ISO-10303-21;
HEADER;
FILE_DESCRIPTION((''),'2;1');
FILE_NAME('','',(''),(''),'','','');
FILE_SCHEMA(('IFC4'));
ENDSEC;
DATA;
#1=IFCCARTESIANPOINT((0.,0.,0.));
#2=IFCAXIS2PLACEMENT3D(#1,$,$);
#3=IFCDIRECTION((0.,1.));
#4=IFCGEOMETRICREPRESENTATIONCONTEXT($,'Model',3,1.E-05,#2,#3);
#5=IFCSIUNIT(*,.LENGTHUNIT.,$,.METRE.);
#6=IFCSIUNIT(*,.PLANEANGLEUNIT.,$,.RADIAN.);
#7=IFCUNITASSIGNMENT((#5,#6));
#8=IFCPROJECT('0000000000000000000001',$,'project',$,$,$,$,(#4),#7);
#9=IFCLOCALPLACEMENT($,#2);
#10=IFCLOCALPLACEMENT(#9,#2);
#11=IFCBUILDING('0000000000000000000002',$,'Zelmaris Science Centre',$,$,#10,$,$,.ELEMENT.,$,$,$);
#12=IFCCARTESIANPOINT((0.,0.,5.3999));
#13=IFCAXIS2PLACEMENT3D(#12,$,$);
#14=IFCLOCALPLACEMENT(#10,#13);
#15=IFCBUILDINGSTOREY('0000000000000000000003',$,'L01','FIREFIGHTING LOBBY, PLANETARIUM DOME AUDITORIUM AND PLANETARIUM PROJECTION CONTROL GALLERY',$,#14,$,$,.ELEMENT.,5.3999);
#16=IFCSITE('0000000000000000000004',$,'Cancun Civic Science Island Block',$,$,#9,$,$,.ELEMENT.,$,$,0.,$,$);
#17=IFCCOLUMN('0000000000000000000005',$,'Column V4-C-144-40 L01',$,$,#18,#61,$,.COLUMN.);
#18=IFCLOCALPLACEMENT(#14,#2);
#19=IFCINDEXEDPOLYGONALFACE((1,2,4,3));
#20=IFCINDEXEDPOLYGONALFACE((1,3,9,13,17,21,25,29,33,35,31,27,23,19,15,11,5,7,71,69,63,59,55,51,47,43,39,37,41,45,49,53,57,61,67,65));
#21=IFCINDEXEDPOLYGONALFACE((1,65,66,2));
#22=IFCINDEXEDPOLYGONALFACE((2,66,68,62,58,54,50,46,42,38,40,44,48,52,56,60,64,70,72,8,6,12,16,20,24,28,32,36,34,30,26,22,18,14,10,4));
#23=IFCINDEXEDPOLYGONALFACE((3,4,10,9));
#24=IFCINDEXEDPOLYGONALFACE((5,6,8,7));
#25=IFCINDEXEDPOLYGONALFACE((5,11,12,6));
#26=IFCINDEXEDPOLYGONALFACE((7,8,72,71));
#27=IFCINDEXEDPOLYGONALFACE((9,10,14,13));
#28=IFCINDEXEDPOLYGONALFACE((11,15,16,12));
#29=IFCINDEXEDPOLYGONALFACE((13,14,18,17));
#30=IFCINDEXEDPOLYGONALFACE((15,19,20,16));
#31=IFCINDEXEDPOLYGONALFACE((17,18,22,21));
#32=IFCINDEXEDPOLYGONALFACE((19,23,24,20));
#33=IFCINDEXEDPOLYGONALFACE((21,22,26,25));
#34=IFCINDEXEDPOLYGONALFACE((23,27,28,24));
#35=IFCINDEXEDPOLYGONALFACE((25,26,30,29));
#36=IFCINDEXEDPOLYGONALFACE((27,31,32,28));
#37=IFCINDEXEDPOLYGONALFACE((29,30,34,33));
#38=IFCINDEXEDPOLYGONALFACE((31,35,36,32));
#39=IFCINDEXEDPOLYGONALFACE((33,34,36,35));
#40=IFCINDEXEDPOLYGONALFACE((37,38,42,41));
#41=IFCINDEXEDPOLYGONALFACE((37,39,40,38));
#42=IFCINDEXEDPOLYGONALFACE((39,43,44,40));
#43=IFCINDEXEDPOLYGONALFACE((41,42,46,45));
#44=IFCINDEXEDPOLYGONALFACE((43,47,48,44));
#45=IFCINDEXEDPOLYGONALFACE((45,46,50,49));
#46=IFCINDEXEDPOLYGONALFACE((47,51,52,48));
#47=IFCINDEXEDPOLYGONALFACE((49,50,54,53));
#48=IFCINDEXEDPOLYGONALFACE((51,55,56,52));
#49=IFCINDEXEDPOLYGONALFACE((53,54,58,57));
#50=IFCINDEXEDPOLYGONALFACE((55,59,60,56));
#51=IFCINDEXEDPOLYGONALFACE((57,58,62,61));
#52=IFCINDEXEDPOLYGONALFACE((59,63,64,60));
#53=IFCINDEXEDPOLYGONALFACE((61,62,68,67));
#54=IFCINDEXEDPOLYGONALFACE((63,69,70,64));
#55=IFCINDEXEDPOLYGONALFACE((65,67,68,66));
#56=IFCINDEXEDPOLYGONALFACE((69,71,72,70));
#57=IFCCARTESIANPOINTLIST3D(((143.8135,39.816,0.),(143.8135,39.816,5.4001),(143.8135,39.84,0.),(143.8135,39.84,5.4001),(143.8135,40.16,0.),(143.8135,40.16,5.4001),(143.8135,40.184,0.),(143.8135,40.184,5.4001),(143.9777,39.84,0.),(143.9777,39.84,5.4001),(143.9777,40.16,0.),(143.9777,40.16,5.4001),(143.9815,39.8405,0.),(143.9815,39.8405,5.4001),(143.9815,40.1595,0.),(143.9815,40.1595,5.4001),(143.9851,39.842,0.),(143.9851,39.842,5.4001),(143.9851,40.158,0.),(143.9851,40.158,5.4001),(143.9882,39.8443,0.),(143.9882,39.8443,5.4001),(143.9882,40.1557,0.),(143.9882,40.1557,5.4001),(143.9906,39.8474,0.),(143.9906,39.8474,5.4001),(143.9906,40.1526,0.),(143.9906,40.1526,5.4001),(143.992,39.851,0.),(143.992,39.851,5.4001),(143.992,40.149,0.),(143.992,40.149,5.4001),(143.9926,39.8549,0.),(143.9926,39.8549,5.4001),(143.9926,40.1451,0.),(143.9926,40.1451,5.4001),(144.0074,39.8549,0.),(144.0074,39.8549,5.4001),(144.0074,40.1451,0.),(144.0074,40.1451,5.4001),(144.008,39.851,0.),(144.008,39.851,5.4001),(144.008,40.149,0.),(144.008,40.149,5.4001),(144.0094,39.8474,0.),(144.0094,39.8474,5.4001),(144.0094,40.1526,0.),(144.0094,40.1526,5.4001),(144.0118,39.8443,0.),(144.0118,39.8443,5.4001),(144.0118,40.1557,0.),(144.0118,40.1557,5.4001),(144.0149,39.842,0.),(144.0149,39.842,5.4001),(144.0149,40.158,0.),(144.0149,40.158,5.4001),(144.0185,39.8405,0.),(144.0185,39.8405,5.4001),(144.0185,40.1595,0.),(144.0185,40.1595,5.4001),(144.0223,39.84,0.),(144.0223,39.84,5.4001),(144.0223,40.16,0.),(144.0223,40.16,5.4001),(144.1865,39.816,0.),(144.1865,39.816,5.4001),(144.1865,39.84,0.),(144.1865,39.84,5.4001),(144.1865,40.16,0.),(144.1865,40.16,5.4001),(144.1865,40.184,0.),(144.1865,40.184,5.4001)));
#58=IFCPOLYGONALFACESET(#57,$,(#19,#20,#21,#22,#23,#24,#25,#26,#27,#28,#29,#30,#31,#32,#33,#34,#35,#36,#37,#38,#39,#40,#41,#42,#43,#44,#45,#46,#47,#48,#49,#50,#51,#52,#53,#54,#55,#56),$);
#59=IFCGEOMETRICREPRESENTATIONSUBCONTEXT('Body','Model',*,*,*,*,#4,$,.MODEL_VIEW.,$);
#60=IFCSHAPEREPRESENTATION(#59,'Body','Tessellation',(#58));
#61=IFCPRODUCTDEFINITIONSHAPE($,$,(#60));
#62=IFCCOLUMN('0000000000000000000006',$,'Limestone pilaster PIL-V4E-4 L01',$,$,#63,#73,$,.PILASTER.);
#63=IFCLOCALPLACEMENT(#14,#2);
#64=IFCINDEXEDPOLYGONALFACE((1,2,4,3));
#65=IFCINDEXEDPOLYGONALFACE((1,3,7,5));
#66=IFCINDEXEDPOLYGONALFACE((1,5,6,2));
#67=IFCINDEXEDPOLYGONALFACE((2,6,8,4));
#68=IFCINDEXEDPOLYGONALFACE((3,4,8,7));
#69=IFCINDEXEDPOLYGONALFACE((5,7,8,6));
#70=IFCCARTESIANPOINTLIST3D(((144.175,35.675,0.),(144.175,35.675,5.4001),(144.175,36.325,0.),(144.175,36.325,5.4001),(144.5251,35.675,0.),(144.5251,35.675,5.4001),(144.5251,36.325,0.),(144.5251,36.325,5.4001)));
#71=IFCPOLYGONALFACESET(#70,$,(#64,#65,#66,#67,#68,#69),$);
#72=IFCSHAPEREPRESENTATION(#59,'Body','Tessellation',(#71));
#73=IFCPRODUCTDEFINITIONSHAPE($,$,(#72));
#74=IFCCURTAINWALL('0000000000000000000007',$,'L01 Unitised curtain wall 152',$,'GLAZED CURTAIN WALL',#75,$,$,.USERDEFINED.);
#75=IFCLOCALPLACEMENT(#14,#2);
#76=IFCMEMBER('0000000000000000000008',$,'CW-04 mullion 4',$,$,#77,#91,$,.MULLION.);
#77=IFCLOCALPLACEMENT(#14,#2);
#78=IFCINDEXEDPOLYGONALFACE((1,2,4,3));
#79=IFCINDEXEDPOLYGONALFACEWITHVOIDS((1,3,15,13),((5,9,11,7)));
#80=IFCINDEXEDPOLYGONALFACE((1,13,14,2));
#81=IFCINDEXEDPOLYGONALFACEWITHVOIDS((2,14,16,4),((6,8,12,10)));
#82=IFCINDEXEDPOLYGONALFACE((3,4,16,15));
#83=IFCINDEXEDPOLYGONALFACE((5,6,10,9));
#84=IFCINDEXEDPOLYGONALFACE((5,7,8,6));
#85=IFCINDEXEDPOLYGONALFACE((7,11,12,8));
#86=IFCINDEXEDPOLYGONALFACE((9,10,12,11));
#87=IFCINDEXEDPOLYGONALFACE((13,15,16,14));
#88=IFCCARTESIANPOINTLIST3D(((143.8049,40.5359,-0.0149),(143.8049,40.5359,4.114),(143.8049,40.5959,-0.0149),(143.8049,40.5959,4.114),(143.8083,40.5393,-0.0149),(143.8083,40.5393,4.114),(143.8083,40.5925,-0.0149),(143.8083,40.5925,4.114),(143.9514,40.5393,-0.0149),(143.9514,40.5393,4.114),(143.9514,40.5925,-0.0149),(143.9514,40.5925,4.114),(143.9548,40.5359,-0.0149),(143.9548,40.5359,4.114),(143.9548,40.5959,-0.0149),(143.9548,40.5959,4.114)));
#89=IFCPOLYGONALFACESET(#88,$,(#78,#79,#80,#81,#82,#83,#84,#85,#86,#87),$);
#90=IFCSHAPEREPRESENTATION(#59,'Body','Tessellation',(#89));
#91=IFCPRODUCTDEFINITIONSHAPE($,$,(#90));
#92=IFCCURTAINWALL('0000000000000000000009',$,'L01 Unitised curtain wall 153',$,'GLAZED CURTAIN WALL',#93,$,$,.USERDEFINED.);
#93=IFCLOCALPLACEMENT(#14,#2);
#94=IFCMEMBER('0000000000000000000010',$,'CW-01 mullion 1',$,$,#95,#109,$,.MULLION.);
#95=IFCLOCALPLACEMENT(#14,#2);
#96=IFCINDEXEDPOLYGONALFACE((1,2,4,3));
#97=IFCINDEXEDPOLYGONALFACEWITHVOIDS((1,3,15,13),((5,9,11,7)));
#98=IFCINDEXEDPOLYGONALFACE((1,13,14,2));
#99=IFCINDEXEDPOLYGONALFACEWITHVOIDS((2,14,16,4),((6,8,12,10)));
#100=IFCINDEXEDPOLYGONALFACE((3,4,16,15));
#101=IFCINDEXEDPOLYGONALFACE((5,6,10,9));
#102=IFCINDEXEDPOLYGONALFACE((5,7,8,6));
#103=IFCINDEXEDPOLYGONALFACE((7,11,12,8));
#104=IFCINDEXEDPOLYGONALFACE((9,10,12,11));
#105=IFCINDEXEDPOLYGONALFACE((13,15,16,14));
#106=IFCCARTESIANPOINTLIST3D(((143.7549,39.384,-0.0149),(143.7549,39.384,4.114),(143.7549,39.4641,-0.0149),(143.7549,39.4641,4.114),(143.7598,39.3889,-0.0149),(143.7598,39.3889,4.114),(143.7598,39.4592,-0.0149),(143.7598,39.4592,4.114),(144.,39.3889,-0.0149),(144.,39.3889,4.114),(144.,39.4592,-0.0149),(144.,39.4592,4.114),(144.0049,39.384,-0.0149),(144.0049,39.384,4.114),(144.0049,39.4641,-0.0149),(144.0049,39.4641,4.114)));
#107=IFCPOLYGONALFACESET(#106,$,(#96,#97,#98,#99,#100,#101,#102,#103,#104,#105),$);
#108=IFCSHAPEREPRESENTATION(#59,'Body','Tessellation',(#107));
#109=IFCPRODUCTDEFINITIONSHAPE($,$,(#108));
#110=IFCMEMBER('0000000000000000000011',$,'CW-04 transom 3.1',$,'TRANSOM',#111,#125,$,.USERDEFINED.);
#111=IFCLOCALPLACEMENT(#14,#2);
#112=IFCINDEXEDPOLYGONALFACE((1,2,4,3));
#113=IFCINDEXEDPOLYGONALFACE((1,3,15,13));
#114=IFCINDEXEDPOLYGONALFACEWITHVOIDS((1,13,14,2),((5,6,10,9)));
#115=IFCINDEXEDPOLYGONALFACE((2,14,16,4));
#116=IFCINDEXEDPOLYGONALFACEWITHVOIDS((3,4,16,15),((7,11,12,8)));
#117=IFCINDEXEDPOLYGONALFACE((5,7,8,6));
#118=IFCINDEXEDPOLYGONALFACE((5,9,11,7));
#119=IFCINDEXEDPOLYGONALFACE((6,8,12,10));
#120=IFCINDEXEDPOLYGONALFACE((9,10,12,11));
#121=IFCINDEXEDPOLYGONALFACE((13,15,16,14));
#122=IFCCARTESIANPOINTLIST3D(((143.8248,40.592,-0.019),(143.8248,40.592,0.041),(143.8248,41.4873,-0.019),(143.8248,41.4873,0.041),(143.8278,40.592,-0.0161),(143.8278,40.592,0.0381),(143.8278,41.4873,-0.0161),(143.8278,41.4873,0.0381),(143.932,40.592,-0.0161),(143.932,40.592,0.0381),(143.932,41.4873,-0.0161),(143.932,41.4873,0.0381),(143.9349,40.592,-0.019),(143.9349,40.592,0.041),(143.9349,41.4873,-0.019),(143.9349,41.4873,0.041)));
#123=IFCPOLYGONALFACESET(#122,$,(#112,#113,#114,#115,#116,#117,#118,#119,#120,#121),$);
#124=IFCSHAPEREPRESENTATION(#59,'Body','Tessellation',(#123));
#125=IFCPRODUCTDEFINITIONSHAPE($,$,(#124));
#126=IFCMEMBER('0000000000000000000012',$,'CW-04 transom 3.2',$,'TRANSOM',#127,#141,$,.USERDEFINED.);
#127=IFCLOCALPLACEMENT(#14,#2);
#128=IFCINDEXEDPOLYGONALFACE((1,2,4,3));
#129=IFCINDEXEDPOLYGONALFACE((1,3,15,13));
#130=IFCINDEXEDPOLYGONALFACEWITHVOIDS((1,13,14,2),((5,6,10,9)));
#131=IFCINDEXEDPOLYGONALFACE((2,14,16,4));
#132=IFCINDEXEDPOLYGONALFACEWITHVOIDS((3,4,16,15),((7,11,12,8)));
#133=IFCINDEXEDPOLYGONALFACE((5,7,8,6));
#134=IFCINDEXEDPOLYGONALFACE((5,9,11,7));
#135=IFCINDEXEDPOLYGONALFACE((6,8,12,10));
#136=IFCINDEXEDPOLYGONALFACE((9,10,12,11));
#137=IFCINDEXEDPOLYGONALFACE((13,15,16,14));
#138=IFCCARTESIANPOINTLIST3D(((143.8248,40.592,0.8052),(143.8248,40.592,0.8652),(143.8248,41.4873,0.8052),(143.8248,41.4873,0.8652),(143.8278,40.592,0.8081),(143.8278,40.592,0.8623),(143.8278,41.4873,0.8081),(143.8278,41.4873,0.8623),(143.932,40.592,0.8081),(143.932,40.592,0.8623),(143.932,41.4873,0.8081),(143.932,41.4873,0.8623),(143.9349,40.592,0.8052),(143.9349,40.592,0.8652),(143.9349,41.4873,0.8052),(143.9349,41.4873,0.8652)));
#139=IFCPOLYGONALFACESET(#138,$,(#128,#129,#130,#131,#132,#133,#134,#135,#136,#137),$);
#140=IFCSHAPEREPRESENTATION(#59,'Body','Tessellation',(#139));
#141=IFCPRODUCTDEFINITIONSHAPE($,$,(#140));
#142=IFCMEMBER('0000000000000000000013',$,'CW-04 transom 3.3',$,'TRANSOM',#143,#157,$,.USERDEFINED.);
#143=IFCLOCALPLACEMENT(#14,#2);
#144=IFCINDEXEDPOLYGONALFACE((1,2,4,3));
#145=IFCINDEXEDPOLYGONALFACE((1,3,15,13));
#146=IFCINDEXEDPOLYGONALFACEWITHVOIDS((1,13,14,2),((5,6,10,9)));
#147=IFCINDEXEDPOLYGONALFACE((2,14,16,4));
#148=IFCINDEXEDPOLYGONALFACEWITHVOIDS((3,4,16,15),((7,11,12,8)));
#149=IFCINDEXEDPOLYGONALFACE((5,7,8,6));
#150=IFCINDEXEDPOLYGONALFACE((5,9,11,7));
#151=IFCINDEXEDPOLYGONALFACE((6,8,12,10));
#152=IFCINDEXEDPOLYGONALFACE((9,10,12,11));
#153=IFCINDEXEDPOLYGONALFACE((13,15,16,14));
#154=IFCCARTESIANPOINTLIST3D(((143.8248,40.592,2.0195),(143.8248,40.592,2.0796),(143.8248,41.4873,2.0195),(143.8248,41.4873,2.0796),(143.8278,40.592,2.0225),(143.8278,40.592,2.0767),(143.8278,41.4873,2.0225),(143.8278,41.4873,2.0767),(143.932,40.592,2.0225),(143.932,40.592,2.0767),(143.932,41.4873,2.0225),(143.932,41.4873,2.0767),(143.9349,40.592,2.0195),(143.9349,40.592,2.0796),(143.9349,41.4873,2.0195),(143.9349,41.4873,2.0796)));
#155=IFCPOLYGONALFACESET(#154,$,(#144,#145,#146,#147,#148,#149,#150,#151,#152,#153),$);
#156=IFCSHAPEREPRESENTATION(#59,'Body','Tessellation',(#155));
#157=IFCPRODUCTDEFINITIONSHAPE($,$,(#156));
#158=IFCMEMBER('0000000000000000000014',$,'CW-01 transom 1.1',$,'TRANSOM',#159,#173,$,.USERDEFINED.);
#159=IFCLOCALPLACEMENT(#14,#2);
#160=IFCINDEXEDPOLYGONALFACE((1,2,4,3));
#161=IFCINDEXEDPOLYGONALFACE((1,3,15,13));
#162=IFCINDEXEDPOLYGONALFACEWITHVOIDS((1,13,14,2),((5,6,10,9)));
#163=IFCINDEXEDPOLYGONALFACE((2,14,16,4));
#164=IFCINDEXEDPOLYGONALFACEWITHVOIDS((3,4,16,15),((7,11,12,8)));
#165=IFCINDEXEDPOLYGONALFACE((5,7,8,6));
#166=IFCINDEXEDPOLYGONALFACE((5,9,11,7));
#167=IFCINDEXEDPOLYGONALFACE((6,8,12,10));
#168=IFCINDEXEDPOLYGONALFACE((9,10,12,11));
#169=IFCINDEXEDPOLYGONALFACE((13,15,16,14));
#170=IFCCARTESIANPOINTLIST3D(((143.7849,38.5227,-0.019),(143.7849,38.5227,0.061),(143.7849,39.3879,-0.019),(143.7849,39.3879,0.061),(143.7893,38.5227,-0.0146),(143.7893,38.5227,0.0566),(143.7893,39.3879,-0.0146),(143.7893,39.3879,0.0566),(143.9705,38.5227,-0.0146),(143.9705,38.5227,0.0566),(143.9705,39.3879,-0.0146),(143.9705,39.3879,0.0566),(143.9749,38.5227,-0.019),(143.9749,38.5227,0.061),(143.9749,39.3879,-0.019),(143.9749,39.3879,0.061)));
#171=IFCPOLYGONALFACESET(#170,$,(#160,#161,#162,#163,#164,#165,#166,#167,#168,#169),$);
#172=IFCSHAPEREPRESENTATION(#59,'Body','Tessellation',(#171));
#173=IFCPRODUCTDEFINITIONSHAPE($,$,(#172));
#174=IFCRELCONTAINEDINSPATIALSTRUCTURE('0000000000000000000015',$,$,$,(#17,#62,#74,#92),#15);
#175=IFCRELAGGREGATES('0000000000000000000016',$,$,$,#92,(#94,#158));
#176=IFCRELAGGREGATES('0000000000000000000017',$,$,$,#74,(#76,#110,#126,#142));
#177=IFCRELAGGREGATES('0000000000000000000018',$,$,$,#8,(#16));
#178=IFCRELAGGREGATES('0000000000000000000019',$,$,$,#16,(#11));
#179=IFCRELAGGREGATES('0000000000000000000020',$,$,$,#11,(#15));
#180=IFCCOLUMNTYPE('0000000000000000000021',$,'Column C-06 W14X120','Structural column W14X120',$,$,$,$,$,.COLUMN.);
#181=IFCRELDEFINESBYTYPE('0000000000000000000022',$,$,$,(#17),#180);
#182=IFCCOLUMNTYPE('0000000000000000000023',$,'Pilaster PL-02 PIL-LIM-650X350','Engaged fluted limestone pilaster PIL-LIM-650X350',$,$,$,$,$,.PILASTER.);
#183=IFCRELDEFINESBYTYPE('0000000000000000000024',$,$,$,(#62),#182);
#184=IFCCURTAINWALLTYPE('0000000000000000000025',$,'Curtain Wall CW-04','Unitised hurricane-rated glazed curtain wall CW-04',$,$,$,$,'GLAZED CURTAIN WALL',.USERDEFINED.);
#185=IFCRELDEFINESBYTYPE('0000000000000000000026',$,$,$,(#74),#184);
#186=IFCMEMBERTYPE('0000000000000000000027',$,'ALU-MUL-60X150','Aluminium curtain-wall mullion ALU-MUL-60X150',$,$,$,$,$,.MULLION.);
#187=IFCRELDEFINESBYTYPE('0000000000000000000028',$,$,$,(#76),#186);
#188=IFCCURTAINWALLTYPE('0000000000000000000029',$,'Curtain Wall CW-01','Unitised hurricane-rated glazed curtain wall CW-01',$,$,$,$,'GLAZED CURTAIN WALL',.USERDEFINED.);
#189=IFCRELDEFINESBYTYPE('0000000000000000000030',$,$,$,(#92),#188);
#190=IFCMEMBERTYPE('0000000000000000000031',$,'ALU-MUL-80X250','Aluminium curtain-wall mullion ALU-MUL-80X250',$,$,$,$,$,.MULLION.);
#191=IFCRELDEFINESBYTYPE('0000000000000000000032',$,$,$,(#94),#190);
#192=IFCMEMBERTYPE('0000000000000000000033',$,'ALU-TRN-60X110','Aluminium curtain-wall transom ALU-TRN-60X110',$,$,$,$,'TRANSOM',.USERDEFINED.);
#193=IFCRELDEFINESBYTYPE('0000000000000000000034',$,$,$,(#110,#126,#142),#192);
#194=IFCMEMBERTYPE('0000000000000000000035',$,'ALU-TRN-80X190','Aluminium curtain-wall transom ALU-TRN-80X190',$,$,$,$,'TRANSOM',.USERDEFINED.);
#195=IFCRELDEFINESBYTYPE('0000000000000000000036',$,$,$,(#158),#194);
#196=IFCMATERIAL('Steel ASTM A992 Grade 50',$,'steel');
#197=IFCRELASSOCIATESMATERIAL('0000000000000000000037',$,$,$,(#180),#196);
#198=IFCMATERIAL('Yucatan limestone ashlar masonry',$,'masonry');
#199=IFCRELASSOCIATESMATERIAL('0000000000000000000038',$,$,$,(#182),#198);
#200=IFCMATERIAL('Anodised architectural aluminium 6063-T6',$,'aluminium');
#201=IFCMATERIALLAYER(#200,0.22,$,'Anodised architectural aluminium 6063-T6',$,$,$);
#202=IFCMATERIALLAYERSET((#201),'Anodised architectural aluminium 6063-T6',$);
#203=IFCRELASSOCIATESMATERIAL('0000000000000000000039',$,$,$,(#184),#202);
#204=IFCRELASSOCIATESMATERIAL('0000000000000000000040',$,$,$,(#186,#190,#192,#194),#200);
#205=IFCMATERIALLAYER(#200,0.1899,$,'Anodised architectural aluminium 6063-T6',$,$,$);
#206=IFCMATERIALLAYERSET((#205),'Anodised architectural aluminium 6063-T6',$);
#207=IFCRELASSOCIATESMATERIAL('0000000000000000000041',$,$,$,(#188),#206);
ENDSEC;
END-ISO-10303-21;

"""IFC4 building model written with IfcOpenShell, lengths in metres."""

from ifc_helpers import new_model, si_unit, direction, frame, origin, origin_2d, place, context, subcontext, project, spatial, rectangle, hollow_rectangle, i_section, extrude, material, layer, layer_set, material_profile, profile_set, type_object, element, aggregate, save


model = new_model("IFC4")

# Units and contexts
model_context = context("Model", 3, precision=1e-05, world=origin(), true_north=direction((0.0, 1.0)))
body_context = subcontext(model_context, "Body", "Model", "MODEL_VIEW")
ifc_project = project(units=[si_unit("LENGTHUNIT", "METRE"), si_unit("PLANEANGLEUNIT", "RADIAN")], contexts=[model_context])

# Site, building, storey
site_placement = place(None, origin())
site = spatial("IfcSite", under=ifc_project, at=site_placement, Name="Cancun Civic Science Island Block", CompositionType="ELEMENT", RefElevation=0.0)
building_placement = place(site_placement, origin())
building = spatial("IfcBuilding", under=site, at=building_placement, Name="Zelmaris Science Centre", CompositionType="ELEMENT")
storey_placement = place(building_placement, frame((0.0, 0.0, 5.3999)))
storey = spatial("IfcBuildingStorey", under=building, at=storey_placement, Name="L01", Description="FIREFIGHTING LOBBY, PLANETARIUM DOME AUDITORIUM AND PLANETARIUM PROJECTION CONTROL GALLERY", CompositionType="ELEMENT", Elevation=5.3999)

# Columns
ifc_material_1 = material(Name="Steel ASTM A992 Grade 50", Category="steel")
ifc_material_profile_1 = material_profile(ifc_material_1, i_section(OverallWidth=0.373, OverallDepth=0.3679, WebThickness=0.0149, FlangeThickness=0.0239, FilletRadius=0.0149, at=origin_2d()), Name="W14X120")
ifc_profile_set_1 = profile_set([ifc_material_profile_1], Name="Steel ASTM A992 Grade 50")
column_type_1 = type_object("IfcColumnType", Name="Column C-06 W14X120", Description="Structural column W14X120", PredefinedType="COLUMN", material=ifc_profile_set_1)
column_1_placement = place(storey_placement, frame((144.0, 40.0, 0.0), z_axis=(0.0, 0.0, 1.0), x_axis=(1.0, 0.0, 0.0)))
element("IfcColumn", 1, at=column_1_placement, inside=storey, type_object=column_type_1, Name="Column V4-C-144-40 L01", PredefinedType="COLUMN", context=body_context, shape_type="SweptSolid", body=[
    extrude(i_section(OverallWidth=0.373, OverallDepth=0.3679, WebThickness=0.0149, FlangeThickness=0.0239, FilletRadius=0.0149, at=origin_2d()), origin(), (0.0, 0.0, 1.0), 5.4001),
])
ifc_material_2 = material(Name="Yucatan limestone ashlar masonry", Category="masonry")
ifc_material_profile_2 = material_profile(ifc_material_2, rectangle(XDim=0.6499, YDim=0.3501, at=origin_2d()), Name="PIL-LIM-650X350")
ifc_profile_set_2 = profile_set([ifc_material_profile_2], Name="Yucatan limestone ashlar masonry")
column_type_2 = type_object("IfcColumnType", Name="Pilaster PL-02 PIL-LIM-650X350", Description="Engaged fluted limestone pilaster PIL-LIM-650X350", PredefinedType="PILASTER", material=ifc_profile_set_2)
column_2_placement = place(storey_placement, frame((144.3501, 36.0, 0.0), z_axis=(0.0, 0.0, 1.0), x_axis=(0.0, 1.0, 0.0)))
element("IfcColumn", 2, at=column_2_placement, inside=storey, type_object=column_type_2, Name="Limestone pilaster PIL-V4E-4 L01", PredefinedType="PILASTER", context=body_context, shape_type="SweptSolid", body=[
    extrude(rectangle(XDim=0.6499, YDim=0.3501, at=origin_2d()), origin(), (0.0, 0.0, 1.0), 5.4001),
])

# Curtain walls, members
ifc_material_3 = material(Name="Anodised architectural aluminium 6063-T6", Category="aluminium")
ifc_layer_1 = layer(ifc_material_3, 0.22, Name="Anodised architectural aluminium 6063-T6")
ifc_layer_set_1 = layer_set([ifc_layer_1], Name="Anodised architectural aluminium 6063-T6")
curtain_wall_type_1 = type_object("IfcCurtainWallType", Name="Curtain Wall CW-04", Description="Unitised hurricane-rated glazed curtain wall CW-04", ElementType="GLAZED CURTAIN WALL", PredefinedType="USERDEFINED", material=ifc_layer_set_1)
curtain_wall_1_placement = place(storey_placement, origin())
curtain_wall_1 = element("IfcCurtainWall", 3, at=curtain_wall_1_placement, inside=storey, type_object=curtain_wall_type_1, Name="L01 Unitised curtain wall 152", ObjectType="GLAZED CURTAIN WALL", PredefinedType="USERDEFINED")
ifc_material_profile_3 = material_profile(ifc_material_3, hollow_rectangle(XDim=0.0601, YDim=0.1499, WallThickness=0.0034, at=origin_2d()), Name="ALU-MUL-60X150")
ifc_profile_set_3 = profile_set([ifc_material_profile_3], Name="Anodised architectural aluminium 6063-T6")
member_type_1 = type_object("IfcMemberType", Name="ALU-MUL-60X150", Description="Aluminium curtain-wall mullion ALU-MUL-60X150", PredefinedType="MULLION", material=ifc_profile_set_3)
member_1_placement = place(storey_placement, frame((143.8799, 40.5659, -0.0149), z_axis=(0.0, 0.0, 1.0), x_axis=(0.0, -1.0, 0.0)))
member_1 = element("IfcMember", 4, at=member_1_placement, type_object=member_type_1, Name="CW-04 mullion 4", PredefinedType="MULLION", context=body_context, shape_type="SweptSolid", body=[
    extrude(hollow_rectangle(XDim=0.0601, YDim=0.1499, WallThickness=0.0034, at=origin_2d()), origin(), (0.0, 0.0, 1.0), 4.1289),
])
ifc_layer_2 = layer(ifc_material_3, 0.1899, Name="Anodised architectural aluminium 6063-T6")
ifc_layer_set_2 = layer_set([ifc_layer_2], Name="Anodised architectural aluminium 6063-T6")
curtain_wall_type_2 = type_object("IfcCurtainWallType", Name="Curtain Wall CW-01", Description="Unitised hurricane-rated glazed curtain wall CW-01", ElementType="GLAZED CURTAIN WALL", PredefinedType="USERDEFINED", material=ifc_layer_set_2)
curtain_wall_2_placement = place(storey_placement, origin())
curtain_wall_2 = element("IfcCurtainWall", 5, at=curtain_wall_2_placement, inside=storey, type_object=curtain_wall_type_2, Name="L01 Unitised curtain wall 153", ObjectType="GLAZED CURTAIN WALL", PredefinedType="USERDEFINED")
ifc_material_profile_4 = material_profile(ifc_material_3, hollow_rectangle(XDim=0.0801, YDim=0.25, WallThickness=0.0049, at=origin_2d()), Name="ALU-MUL-80X250")
ifc_profile_set_4 = profile_set([ifc_material_profile_4], Name="Anodised architectural aluminium 6063-T6")
member_type_2 = type_object("IfcMemberType", Name="ALU-MUL-80X250", Description="Aluminium curtain-wall mullion ALU-MUL-80X250", PredefinedType="MULLION", material=ifc_profile_set_4)
member_2_placement = place(storey_placement, frame((143.8799, 39.4241, -0.0149), z_axis=(0.0, 0.0, 1.0), x_axis=(0.0, -1.0, 0.0)))
member_2 = element("IfcMember", 6, at=member_2_placement, type_object=member_type_2, Name="CW-01 mullion 1", PredefinedType="MULLION", context=body_context, shape_type="SweptSolid", body=[
    extrude(hollow_rectangle(XDim=0.0801, YDim=0.25, WallThickness=0.0049, at=origin_2d()), origin(), (0.0, 0.0, 1.0), 4.1289),
])

# Members
ifc_material_profile_5 = material_profile(ifc_material_3, hollow_rectangle(XDim=0.0601, YDim=0.1101, WallThickness=0.0029, at=origin_2d()), Name="ALU-TRN-60X110")
ifc_profile_set_5 = profile_set([ifc_material_profile_5], Name="Anodised architectural aluminium 6063-T6")
member_type_3 = type_object("IfcMemberType", Name="ALU-TRN-60X110", Description="Aluminium curtain-wall transom ALU-TRN-60X110", ElementType="TRANSOM", PredefinedType="USERDEFINED", material=ifc_profile_set_5)
member_3_placement = place(storey_placement, frame((143.8799, 41.4873, 0.011), z_axis=(0.0, -1.0, 0.0), x_axis=(0.0, 0.0, 1.0)))
member_3 = element("IfcMember", 7, at=member_3_placement, type_object=member_type_3, Name="CW-04 transom 3.1", ObjectType="TRANSOM", PredefinedType="USERDEFINED", context=body_context, shape_type="SweptSolid", body=[
    extrude(hollow_rectangle(XDim=0.0601, YDim=0.1101, WallThickness=0.0029, at=origin_2d()), origin(), (0.0, 0.0, 1.0), 0.8953),
])
member_4_placement = place(storey_placement, frame((143.8799, 41.4873, 0.8352), z_axis=(0.0, -1.0, 0.0), x_axis=(0.0, 0.0, 1.0)))
member_4 = element("IfcMember", 8, at=member_4_placement, type_object=member_type_3, Name="CW-04 transom 3.2", ObjectType="TRANSOM", PredefinedType="USERDEFINED", context=body_context, shape_type="SweptSolid", body=[
    extrude(hollow_rectangle(XDim=0.0601, YDim=0.1101, WallThickness=0.0029, at=origin_2d()), origin(), (0.0, 0.0, 1.0), 0.8953),
])
member_5_placement = place(storey_placement, frame((143.8799, 41.4873, 2.0496), z_axis=(0.0, -1.0, 0.0), x_axis=(0.0, 0.0, 1.0)))
member_5 = element("IfcMember", 9, at=member_5_placement, type_object=member_type_3, Name="CW-04 transom 3.3", ObjectType="TRANSOM", PredefinedType="USERDEFINED", context=body_context, shape_type="SweptSolid", body=[
    extrude(hollow_rectangle(XDim=0.0601, YDim=0.1101, WallThickness=0.0029, at=origin_2d()), origin(), (0.0, 0.0, 1.0), 0.8953),
])
ifc_material_profile_6 = material_profile(ifc_material_3, hollow_rectangle(XDim=0.0801, YDim=0.1899, WallThickness=0.0044, at=origin_2d()), Name="ALU-TRN-80X190")
ifc_profile_set_6 = profile_set([ifc_material_profile_6], Name="Anodised architectural aluminium 6063-T6")
member_type_4 = type_object("IfcMemberType", Name="ALU-TRN-80X190", Description="Aluminium curtain-wall transom ALU-TRN-80X190", ElementType="TRANSOM", PredefinedType="USERDEFINED", material=ifc_profile_set_6)
member_6_placement = place(storey_placement, frame((143.8799, 39.3879, 0.021), z_axis=(0.0, -1.0, 0.0), x_axis=(0.0, 0.0, 1.0)))
member_6 = element("IfcMember", 10, at=member_6_placement, type_object=member_type_4, Name="CW-01 transom 1.1", ObjectType="TRANSOM", PredefinedType="USERDEFINED", context=body_context, shape_type="SweptSolid", body=[
    extrude(hollow_rectangle(XDim=0.0801, YDim=0.1899, WallThickness=0.0044, at=origin_2d()), origin(), (0.0, 0.0, 1.0), 0.8652),
])

aggregate(curtain_wall_2, [member_2, member_6])
aggregate(curtain_wall_1, [member_1, member_3, member_4, member_5])

save(model, "model.ifc")
